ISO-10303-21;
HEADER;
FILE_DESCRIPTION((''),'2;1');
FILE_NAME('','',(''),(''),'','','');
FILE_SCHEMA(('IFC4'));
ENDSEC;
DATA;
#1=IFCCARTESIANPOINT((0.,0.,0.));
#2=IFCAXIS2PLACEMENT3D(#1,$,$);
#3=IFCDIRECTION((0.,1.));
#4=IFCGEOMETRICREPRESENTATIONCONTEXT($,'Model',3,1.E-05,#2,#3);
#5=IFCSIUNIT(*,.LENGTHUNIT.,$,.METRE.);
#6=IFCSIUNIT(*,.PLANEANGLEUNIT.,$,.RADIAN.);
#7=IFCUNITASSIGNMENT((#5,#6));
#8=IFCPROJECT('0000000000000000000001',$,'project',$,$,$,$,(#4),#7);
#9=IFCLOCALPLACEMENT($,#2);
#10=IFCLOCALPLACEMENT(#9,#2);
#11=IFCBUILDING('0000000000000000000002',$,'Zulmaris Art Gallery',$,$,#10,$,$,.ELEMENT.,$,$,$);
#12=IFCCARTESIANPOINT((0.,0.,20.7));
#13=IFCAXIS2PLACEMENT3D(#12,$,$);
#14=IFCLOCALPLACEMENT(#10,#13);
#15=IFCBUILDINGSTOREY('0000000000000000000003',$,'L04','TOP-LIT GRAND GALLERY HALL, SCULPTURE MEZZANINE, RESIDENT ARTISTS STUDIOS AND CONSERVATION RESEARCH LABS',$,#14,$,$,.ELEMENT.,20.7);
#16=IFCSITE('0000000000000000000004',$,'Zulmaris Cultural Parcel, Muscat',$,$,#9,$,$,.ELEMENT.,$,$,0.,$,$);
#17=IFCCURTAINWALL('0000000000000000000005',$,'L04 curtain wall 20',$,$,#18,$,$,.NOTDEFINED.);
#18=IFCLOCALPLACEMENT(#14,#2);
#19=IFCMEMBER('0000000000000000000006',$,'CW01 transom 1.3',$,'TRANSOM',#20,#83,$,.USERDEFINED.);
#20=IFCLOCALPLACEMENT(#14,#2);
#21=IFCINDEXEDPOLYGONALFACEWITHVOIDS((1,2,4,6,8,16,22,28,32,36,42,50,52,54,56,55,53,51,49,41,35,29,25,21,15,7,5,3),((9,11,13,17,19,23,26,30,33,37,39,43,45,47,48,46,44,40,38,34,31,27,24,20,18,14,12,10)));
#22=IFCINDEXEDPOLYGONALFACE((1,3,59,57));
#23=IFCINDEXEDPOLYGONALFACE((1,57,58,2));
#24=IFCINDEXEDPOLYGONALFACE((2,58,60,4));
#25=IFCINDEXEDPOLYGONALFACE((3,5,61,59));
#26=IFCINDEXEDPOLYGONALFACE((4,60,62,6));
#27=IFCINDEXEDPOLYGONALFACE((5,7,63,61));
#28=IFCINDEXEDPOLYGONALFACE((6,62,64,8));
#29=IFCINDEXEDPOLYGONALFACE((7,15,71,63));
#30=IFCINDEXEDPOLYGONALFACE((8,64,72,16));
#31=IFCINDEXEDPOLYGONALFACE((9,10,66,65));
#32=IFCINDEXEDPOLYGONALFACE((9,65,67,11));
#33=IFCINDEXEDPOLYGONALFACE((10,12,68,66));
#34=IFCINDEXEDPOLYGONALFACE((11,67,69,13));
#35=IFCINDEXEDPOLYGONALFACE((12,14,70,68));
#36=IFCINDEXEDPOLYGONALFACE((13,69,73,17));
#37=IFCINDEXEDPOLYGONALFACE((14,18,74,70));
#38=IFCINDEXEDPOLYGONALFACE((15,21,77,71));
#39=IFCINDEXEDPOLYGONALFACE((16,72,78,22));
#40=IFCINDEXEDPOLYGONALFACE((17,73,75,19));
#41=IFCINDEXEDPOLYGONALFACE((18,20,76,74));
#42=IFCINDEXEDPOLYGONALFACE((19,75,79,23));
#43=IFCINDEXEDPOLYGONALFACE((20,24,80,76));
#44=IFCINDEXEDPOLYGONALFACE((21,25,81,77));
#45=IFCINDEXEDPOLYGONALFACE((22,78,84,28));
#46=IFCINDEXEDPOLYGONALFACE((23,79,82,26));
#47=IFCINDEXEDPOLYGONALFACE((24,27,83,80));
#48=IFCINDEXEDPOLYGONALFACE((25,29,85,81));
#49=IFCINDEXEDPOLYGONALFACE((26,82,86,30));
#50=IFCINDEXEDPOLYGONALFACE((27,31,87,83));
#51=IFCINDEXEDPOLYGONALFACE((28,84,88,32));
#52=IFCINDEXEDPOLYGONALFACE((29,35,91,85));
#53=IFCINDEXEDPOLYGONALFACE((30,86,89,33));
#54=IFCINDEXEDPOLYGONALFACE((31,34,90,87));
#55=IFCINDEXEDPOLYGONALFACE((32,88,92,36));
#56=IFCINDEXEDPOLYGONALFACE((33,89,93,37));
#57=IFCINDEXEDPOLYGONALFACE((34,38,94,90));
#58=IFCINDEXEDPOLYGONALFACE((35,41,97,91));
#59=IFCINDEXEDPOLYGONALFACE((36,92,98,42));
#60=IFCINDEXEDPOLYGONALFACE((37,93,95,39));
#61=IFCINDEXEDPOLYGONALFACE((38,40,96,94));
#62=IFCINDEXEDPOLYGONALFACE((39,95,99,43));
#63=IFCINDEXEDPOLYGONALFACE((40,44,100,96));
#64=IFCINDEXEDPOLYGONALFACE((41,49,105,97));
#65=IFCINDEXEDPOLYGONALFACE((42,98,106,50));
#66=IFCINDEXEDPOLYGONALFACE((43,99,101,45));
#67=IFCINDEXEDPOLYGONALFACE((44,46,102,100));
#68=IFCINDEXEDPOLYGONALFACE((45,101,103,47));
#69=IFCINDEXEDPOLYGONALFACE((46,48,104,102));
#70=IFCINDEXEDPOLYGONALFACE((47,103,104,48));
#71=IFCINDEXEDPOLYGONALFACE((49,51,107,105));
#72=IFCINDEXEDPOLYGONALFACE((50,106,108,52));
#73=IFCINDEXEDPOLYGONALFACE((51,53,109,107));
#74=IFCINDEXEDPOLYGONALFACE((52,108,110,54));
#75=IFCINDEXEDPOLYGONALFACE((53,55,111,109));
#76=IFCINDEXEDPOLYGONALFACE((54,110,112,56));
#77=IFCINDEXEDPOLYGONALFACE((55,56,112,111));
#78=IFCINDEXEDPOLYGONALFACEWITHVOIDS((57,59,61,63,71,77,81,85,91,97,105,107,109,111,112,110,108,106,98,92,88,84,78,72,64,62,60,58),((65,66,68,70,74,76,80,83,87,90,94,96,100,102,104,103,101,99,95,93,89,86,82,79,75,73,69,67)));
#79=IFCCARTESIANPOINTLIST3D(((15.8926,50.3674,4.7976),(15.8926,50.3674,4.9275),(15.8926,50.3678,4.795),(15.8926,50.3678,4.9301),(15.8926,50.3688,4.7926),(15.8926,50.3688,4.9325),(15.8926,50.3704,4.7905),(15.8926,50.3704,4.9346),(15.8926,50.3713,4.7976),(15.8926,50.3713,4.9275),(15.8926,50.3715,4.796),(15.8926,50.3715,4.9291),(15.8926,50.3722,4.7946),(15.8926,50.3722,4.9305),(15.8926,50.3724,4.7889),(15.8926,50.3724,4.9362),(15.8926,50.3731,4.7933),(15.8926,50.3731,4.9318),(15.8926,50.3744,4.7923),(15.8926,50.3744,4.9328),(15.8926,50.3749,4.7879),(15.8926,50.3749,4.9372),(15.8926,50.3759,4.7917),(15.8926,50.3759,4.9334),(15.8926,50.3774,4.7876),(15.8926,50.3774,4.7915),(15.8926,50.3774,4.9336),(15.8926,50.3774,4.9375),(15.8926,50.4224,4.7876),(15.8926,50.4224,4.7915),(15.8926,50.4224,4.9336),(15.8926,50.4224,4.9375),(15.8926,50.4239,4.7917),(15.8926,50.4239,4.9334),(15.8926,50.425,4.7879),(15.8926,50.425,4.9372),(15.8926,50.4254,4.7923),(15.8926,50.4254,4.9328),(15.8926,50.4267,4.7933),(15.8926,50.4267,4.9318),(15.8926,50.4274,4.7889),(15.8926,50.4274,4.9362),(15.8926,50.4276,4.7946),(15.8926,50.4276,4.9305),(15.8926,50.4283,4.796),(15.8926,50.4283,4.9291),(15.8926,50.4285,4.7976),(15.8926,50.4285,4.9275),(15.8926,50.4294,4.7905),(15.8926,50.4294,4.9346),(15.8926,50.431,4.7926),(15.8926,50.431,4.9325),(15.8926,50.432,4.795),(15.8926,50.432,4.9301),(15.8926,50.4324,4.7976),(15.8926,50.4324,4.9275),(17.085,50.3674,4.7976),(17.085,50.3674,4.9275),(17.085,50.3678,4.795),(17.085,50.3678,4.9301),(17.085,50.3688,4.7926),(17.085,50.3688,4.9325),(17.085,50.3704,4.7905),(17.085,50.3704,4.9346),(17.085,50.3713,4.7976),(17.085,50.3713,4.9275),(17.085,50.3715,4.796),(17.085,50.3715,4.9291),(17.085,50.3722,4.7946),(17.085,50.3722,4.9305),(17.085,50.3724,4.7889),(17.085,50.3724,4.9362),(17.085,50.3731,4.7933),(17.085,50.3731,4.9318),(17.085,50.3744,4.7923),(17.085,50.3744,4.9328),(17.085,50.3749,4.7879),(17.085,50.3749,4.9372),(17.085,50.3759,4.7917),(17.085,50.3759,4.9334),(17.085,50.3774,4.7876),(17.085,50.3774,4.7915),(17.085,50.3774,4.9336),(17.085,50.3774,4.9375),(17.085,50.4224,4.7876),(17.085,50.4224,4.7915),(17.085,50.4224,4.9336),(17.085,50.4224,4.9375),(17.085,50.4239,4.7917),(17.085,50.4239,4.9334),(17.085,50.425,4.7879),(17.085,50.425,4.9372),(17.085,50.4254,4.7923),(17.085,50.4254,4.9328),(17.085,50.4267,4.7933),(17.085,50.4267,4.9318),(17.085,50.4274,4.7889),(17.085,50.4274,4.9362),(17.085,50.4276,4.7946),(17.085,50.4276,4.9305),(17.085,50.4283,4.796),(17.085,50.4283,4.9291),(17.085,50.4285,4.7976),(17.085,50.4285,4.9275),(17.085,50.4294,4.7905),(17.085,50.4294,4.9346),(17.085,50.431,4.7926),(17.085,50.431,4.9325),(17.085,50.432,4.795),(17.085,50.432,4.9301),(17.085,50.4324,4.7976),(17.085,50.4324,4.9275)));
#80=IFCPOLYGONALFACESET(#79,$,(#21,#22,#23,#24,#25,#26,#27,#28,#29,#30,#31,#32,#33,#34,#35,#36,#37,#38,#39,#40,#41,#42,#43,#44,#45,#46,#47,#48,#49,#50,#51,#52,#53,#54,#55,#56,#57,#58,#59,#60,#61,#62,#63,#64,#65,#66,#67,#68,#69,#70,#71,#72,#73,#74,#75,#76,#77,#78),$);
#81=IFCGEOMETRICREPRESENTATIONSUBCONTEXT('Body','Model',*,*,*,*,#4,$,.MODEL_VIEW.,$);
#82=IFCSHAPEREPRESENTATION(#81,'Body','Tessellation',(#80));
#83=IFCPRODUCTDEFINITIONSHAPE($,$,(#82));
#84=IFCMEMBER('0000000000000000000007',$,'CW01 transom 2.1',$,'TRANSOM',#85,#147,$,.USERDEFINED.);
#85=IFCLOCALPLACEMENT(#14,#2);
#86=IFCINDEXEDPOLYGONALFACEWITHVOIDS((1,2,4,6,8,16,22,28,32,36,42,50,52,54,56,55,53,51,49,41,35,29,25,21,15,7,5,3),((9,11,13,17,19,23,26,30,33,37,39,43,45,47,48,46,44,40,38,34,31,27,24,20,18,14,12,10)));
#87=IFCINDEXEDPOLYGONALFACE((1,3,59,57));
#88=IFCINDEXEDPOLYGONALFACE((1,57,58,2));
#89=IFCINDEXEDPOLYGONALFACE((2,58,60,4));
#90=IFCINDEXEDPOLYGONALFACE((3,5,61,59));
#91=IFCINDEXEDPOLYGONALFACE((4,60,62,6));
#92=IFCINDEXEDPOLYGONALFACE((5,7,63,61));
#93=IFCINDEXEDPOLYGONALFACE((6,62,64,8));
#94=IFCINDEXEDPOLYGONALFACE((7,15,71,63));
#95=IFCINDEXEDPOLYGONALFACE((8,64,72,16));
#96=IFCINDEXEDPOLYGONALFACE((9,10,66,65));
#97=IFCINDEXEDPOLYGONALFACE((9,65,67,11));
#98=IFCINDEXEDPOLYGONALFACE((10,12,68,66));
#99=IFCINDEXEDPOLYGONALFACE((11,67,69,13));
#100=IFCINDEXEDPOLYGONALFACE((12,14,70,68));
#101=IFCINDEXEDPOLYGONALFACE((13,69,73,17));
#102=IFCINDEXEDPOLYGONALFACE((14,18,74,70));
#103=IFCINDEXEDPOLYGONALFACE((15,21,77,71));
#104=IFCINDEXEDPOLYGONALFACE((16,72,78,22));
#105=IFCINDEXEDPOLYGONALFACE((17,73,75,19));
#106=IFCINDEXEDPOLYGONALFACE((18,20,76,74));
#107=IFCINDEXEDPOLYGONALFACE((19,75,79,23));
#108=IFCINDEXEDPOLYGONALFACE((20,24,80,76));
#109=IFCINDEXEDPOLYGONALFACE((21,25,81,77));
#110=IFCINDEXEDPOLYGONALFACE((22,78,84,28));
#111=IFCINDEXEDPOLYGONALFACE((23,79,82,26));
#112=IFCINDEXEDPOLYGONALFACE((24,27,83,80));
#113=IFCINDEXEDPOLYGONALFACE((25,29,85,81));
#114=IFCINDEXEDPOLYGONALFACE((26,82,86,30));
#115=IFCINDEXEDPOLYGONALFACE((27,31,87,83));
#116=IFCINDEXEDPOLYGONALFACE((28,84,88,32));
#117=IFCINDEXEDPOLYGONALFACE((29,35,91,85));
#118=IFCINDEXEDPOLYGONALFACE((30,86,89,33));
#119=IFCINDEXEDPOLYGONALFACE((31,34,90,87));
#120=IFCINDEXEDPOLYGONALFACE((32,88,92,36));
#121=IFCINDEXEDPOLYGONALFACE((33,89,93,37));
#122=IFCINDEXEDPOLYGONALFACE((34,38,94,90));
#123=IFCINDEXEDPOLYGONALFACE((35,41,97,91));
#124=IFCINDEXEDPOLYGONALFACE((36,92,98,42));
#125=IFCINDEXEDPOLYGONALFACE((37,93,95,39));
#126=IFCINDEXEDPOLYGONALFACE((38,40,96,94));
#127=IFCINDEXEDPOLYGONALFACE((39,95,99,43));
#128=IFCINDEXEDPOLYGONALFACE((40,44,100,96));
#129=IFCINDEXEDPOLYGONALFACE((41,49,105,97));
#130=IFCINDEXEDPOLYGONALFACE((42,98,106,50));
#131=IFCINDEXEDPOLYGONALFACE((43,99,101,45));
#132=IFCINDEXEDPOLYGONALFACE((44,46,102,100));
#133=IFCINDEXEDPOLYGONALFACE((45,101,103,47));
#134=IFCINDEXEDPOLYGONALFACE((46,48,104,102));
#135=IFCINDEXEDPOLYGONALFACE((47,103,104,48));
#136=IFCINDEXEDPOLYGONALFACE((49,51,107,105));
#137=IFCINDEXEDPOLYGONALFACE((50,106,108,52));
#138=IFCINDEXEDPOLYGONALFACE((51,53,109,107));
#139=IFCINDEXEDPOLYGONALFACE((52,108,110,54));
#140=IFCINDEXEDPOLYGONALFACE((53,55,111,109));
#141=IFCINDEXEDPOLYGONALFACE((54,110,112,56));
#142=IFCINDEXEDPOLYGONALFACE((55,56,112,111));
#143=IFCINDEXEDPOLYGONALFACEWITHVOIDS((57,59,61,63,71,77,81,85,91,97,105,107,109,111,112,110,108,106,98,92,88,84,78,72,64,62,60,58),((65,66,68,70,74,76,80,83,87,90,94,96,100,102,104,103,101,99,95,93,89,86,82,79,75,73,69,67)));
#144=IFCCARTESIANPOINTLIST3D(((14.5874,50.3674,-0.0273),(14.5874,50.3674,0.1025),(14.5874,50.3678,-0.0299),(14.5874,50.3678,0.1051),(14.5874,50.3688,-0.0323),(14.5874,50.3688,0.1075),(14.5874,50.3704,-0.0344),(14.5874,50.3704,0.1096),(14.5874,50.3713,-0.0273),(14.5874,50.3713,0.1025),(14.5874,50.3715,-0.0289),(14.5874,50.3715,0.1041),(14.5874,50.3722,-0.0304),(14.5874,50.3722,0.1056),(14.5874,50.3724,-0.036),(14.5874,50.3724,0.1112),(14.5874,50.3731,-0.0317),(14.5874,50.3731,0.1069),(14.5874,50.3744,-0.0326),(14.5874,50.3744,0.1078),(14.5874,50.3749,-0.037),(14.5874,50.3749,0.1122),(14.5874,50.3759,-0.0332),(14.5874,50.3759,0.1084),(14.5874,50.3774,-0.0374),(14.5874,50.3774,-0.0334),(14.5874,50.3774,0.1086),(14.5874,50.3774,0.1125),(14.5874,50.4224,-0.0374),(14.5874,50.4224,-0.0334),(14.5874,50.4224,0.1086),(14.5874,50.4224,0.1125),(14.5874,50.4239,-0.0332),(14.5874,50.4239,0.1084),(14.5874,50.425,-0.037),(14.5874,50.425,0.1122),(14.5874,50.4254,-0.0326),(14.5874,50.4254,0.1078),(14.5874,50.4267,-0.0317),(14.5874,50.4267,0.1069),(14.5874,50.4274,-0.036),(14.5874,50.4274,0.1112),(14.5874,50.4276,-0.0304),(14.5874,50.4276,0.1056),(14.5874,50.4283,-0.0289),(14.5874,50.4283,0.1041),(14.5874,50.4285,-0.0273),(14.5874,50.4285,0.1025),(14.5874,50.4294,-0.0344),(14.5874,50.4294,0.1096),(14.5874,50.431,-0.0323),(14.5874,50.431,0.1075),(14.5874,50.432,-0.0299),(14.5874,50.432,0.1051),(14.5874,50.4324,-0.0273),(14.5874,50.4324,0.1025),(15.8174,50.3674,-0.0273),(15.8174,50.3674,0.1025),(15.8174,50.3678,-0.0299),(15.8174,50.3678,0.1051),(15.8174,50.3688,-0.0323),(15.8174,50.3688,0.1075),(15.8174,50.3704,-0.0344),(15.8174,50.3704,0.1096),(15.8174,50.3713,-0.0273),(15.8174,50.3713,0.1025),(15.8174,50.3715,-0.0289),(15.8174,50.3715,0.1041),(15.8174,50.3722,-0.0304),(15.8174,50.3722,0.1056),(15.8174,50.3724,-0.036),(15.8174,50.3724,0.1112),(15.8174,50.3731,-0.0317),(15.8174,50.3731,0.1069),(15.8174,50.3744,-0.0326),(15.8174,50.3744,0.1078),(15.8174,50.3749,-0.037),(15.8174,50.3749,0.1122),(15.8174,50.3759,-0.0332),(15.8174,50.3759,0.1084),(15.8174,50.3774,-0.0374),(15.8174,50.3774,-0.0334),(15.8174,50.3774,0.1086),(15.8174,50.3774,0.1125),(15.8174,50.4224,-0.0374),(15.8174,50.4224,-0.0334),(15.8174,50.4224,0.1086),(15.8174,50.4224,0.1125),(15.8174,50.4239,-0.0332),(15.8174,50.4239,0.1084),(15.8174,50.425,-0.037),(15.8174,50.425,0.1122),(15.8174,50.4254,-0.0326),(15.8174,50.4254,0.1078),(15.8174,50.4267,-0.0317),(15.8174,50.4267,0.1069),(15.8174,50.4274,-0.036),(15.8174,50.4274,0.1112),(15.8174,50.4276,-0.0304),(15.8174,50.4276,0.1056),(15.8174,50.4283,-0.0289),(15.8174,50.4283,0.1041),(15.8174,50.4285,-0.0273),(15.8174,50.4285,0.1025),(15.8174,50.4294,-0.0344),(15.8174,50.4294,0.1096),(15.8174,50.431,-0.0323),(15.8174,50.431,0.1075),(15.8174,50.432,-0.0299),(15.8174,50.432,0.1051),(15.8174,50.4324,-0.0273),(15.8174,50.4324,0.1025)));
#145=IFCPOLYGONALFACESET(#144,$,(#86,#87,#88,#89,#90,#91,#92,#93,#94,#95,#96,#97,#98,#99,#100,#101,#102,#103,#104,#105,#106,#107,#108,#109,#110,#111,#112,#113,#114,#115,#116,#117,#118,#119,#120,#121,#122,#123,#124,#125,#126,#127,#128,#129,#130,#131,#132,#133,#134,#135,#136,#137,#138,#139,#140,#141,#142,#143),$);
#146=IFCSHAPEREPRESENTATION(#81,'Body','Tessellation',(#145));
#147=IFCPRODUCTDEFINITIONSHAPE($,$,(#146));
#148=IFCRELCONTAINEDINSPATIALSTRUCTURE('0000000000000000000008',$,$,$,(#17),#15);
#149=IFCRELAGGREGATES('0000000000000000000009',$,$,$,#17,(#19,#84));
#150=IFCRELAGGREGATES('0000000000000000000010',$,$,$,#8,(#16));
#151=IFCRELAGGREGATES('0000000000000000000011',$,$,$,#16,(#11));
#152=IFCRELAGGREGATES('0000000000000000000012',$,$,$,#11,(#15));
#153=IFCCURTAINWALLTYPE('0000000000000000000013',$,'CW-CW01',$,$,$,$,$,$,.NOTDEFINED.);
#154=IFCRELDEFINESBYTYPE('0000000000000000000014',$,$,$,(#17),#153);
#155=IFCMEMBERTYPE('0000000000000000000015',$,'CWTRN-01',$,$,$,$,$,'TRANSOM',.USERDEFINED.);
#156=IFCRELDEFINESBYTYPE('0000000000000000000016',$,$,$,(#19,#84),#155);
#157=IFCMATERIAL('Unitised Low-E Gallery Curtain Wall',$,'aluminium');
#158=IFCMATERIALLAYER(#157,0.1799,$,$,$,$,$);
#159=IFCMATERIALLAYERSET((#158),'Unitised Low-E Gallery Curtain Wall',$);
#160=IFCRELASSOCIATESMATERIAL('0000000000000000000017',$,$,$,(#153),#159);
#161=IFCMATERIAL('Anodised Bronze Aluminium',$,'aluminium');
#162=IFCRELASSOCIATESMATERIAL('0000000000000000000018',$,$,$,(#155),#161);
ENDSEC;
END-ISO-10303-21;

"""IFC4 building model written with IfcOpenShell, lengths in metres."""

from ifc_helpers import new_model, si_unit, direction, frame, origin, origin_2d, place, context, subcontext, project, spatial, hollow_rectangle, extrude, material, layer, layer_set, material_profile, profile_set, type_object, element, aggregate, save


model = new_model("IFC4")

# Units and contexts
model_context = context("Model", 3, precision=1e-05, world=origin(), true_north=direction((0.0, 1.0)))
body_context = subcontext(model_context, "Body", "Model", "MODEL_VIEW")
ifc_project = project(units=[si_unit("LENGTHUNIT", "METRE"), si_unit("PLANEANGLEUNIT", "RADIAN")], contexts=[model_context])

# Site, building, storey
site_placement = place(None, origin())
site = spatial("IfcSite", under=ifc_project, at=site_placement, Name="Zulmaris Cultural Parcel, Muscat", CompositionType="ELEMENT", RefElevation=0.0)
building_placement = place(site_placement, origin())
building = spatial("IfcBuilding", under=site, at=building_placement, Name="Zulmaris Art Gallery", CompositionType="ELEMENT")
storey_placement = place(building_placement, frame((0.0, 0.0, 20.7)))
storey = spatial("IfcBuildingStorey", under=building, at=storey_placement, Name="L04", Description="TOP-LIT GRAND GALLERY HALL, SCULPTURE MEZZANINE, RESIDENT ARTISTS STUDIOS AND CONSERVATION RESEARCH LABS", CompositionType="ELEMENT", Elevation=20.7)

# Curtain wall
ifc_material_1 = material(Name="Unitised Low-E Gallery Curtain Wall", Category="aluminium")
ifc_layer_1 = layer(ifc_material_1, 0.1799)
ifc_layer_set_1 = layer_set([ifc_layer_1], Name="Unitised Low-E Gallery Curtain Wall")
curtain_wall_type = type_object("IfcCurtainWallType", Name="CW-CW01", PredefinedType="NOTDEFINED", material=ifc_layer_set_1)
curtain_wall_1_placement = place(storey_placement, origin())
curtain_wall_1 = element("IfcCurtainWall", 1, at=curtain_wall_1_placement, inside=storey, type_object=curtain_wall_type, Name="L04 curtain wall 20", PredefinedType="NOTDEFINED")
ifc_material_2 = material(Name="Anodised Bronze Aluminium", Category="aluminium")

# Members
ifc_material_profile_1 = material_profile(ifc_material_2, hollow_rectangle(XDim=0.0649, YDim=0.1499, WallThickness=0.0039, InnerFilletRadius=0.0061, OuterFilletRadius=0.01, at=origin_2d()), Name="ALU 65x150x4")
ifc_profile_set_1 = profile_set([ifc_material_profile_1], Name="Anodised Bronze Aluminium")
member_type_1 = type_object("IfcMemberType", Name="CWTRN-01", ElementType="TRANSOM", PredefinedType="USERDEFINED", material=ifc_profile_set_1)
member_1_placement = place(storey_placement, frame((17.085, 50.3999, 4.8625), z_axis=(-1.0, 0.0, 0.0), x_axis=(0.0, -1.0, 0.0)))
member_1 = element("IfcMember", 2, at=member_1_placement, type_object=member_type_1, Name="CW01 transom 1.3", ObjectType="TRANSOM", PredefinedType="USERDEFINED", context=body_context, shape_type="SweptSolid", body=[
    extrude(hollow_rectangle(XDim=0.0649, YDim=0.1499, WallThickness=0.0039, InnerFilletRadius=0.0061, OuterFilletRadius=0.01, at=origin_2d()), origin(), (0.0, 0.0, 1.0), 1.1924),
])
member_2_placement = place(storey_placement, frame((15.8174, 50.3999, 0.0376), z_axis=(-1.0, 0.0, 0.0), x_axis=(0.0, -1.0, 0.0)))
member_2 = element("IfcMember", 3, at=member_2_placement, type_object=member_type_1, Name="CW01 transom 2.1", ObjectType="TRANSOM", PredefinedType="USERDEFINED", context=body_context, shape_type="SweptSolid", body=[
    extrude(hollow_rectangle(XDim=0.0649, YDim=0.1499, WallThickness=0.0039, InnerFilletRadius=0.0061, OuterFilletRadius=0.01, at=origin_2d()), origin(), (0.0, 0.0, 1.0), 1.23),
])

aggregate(curtain_wall_1, [member_1, member_2])

save(model, "model.ifc")
